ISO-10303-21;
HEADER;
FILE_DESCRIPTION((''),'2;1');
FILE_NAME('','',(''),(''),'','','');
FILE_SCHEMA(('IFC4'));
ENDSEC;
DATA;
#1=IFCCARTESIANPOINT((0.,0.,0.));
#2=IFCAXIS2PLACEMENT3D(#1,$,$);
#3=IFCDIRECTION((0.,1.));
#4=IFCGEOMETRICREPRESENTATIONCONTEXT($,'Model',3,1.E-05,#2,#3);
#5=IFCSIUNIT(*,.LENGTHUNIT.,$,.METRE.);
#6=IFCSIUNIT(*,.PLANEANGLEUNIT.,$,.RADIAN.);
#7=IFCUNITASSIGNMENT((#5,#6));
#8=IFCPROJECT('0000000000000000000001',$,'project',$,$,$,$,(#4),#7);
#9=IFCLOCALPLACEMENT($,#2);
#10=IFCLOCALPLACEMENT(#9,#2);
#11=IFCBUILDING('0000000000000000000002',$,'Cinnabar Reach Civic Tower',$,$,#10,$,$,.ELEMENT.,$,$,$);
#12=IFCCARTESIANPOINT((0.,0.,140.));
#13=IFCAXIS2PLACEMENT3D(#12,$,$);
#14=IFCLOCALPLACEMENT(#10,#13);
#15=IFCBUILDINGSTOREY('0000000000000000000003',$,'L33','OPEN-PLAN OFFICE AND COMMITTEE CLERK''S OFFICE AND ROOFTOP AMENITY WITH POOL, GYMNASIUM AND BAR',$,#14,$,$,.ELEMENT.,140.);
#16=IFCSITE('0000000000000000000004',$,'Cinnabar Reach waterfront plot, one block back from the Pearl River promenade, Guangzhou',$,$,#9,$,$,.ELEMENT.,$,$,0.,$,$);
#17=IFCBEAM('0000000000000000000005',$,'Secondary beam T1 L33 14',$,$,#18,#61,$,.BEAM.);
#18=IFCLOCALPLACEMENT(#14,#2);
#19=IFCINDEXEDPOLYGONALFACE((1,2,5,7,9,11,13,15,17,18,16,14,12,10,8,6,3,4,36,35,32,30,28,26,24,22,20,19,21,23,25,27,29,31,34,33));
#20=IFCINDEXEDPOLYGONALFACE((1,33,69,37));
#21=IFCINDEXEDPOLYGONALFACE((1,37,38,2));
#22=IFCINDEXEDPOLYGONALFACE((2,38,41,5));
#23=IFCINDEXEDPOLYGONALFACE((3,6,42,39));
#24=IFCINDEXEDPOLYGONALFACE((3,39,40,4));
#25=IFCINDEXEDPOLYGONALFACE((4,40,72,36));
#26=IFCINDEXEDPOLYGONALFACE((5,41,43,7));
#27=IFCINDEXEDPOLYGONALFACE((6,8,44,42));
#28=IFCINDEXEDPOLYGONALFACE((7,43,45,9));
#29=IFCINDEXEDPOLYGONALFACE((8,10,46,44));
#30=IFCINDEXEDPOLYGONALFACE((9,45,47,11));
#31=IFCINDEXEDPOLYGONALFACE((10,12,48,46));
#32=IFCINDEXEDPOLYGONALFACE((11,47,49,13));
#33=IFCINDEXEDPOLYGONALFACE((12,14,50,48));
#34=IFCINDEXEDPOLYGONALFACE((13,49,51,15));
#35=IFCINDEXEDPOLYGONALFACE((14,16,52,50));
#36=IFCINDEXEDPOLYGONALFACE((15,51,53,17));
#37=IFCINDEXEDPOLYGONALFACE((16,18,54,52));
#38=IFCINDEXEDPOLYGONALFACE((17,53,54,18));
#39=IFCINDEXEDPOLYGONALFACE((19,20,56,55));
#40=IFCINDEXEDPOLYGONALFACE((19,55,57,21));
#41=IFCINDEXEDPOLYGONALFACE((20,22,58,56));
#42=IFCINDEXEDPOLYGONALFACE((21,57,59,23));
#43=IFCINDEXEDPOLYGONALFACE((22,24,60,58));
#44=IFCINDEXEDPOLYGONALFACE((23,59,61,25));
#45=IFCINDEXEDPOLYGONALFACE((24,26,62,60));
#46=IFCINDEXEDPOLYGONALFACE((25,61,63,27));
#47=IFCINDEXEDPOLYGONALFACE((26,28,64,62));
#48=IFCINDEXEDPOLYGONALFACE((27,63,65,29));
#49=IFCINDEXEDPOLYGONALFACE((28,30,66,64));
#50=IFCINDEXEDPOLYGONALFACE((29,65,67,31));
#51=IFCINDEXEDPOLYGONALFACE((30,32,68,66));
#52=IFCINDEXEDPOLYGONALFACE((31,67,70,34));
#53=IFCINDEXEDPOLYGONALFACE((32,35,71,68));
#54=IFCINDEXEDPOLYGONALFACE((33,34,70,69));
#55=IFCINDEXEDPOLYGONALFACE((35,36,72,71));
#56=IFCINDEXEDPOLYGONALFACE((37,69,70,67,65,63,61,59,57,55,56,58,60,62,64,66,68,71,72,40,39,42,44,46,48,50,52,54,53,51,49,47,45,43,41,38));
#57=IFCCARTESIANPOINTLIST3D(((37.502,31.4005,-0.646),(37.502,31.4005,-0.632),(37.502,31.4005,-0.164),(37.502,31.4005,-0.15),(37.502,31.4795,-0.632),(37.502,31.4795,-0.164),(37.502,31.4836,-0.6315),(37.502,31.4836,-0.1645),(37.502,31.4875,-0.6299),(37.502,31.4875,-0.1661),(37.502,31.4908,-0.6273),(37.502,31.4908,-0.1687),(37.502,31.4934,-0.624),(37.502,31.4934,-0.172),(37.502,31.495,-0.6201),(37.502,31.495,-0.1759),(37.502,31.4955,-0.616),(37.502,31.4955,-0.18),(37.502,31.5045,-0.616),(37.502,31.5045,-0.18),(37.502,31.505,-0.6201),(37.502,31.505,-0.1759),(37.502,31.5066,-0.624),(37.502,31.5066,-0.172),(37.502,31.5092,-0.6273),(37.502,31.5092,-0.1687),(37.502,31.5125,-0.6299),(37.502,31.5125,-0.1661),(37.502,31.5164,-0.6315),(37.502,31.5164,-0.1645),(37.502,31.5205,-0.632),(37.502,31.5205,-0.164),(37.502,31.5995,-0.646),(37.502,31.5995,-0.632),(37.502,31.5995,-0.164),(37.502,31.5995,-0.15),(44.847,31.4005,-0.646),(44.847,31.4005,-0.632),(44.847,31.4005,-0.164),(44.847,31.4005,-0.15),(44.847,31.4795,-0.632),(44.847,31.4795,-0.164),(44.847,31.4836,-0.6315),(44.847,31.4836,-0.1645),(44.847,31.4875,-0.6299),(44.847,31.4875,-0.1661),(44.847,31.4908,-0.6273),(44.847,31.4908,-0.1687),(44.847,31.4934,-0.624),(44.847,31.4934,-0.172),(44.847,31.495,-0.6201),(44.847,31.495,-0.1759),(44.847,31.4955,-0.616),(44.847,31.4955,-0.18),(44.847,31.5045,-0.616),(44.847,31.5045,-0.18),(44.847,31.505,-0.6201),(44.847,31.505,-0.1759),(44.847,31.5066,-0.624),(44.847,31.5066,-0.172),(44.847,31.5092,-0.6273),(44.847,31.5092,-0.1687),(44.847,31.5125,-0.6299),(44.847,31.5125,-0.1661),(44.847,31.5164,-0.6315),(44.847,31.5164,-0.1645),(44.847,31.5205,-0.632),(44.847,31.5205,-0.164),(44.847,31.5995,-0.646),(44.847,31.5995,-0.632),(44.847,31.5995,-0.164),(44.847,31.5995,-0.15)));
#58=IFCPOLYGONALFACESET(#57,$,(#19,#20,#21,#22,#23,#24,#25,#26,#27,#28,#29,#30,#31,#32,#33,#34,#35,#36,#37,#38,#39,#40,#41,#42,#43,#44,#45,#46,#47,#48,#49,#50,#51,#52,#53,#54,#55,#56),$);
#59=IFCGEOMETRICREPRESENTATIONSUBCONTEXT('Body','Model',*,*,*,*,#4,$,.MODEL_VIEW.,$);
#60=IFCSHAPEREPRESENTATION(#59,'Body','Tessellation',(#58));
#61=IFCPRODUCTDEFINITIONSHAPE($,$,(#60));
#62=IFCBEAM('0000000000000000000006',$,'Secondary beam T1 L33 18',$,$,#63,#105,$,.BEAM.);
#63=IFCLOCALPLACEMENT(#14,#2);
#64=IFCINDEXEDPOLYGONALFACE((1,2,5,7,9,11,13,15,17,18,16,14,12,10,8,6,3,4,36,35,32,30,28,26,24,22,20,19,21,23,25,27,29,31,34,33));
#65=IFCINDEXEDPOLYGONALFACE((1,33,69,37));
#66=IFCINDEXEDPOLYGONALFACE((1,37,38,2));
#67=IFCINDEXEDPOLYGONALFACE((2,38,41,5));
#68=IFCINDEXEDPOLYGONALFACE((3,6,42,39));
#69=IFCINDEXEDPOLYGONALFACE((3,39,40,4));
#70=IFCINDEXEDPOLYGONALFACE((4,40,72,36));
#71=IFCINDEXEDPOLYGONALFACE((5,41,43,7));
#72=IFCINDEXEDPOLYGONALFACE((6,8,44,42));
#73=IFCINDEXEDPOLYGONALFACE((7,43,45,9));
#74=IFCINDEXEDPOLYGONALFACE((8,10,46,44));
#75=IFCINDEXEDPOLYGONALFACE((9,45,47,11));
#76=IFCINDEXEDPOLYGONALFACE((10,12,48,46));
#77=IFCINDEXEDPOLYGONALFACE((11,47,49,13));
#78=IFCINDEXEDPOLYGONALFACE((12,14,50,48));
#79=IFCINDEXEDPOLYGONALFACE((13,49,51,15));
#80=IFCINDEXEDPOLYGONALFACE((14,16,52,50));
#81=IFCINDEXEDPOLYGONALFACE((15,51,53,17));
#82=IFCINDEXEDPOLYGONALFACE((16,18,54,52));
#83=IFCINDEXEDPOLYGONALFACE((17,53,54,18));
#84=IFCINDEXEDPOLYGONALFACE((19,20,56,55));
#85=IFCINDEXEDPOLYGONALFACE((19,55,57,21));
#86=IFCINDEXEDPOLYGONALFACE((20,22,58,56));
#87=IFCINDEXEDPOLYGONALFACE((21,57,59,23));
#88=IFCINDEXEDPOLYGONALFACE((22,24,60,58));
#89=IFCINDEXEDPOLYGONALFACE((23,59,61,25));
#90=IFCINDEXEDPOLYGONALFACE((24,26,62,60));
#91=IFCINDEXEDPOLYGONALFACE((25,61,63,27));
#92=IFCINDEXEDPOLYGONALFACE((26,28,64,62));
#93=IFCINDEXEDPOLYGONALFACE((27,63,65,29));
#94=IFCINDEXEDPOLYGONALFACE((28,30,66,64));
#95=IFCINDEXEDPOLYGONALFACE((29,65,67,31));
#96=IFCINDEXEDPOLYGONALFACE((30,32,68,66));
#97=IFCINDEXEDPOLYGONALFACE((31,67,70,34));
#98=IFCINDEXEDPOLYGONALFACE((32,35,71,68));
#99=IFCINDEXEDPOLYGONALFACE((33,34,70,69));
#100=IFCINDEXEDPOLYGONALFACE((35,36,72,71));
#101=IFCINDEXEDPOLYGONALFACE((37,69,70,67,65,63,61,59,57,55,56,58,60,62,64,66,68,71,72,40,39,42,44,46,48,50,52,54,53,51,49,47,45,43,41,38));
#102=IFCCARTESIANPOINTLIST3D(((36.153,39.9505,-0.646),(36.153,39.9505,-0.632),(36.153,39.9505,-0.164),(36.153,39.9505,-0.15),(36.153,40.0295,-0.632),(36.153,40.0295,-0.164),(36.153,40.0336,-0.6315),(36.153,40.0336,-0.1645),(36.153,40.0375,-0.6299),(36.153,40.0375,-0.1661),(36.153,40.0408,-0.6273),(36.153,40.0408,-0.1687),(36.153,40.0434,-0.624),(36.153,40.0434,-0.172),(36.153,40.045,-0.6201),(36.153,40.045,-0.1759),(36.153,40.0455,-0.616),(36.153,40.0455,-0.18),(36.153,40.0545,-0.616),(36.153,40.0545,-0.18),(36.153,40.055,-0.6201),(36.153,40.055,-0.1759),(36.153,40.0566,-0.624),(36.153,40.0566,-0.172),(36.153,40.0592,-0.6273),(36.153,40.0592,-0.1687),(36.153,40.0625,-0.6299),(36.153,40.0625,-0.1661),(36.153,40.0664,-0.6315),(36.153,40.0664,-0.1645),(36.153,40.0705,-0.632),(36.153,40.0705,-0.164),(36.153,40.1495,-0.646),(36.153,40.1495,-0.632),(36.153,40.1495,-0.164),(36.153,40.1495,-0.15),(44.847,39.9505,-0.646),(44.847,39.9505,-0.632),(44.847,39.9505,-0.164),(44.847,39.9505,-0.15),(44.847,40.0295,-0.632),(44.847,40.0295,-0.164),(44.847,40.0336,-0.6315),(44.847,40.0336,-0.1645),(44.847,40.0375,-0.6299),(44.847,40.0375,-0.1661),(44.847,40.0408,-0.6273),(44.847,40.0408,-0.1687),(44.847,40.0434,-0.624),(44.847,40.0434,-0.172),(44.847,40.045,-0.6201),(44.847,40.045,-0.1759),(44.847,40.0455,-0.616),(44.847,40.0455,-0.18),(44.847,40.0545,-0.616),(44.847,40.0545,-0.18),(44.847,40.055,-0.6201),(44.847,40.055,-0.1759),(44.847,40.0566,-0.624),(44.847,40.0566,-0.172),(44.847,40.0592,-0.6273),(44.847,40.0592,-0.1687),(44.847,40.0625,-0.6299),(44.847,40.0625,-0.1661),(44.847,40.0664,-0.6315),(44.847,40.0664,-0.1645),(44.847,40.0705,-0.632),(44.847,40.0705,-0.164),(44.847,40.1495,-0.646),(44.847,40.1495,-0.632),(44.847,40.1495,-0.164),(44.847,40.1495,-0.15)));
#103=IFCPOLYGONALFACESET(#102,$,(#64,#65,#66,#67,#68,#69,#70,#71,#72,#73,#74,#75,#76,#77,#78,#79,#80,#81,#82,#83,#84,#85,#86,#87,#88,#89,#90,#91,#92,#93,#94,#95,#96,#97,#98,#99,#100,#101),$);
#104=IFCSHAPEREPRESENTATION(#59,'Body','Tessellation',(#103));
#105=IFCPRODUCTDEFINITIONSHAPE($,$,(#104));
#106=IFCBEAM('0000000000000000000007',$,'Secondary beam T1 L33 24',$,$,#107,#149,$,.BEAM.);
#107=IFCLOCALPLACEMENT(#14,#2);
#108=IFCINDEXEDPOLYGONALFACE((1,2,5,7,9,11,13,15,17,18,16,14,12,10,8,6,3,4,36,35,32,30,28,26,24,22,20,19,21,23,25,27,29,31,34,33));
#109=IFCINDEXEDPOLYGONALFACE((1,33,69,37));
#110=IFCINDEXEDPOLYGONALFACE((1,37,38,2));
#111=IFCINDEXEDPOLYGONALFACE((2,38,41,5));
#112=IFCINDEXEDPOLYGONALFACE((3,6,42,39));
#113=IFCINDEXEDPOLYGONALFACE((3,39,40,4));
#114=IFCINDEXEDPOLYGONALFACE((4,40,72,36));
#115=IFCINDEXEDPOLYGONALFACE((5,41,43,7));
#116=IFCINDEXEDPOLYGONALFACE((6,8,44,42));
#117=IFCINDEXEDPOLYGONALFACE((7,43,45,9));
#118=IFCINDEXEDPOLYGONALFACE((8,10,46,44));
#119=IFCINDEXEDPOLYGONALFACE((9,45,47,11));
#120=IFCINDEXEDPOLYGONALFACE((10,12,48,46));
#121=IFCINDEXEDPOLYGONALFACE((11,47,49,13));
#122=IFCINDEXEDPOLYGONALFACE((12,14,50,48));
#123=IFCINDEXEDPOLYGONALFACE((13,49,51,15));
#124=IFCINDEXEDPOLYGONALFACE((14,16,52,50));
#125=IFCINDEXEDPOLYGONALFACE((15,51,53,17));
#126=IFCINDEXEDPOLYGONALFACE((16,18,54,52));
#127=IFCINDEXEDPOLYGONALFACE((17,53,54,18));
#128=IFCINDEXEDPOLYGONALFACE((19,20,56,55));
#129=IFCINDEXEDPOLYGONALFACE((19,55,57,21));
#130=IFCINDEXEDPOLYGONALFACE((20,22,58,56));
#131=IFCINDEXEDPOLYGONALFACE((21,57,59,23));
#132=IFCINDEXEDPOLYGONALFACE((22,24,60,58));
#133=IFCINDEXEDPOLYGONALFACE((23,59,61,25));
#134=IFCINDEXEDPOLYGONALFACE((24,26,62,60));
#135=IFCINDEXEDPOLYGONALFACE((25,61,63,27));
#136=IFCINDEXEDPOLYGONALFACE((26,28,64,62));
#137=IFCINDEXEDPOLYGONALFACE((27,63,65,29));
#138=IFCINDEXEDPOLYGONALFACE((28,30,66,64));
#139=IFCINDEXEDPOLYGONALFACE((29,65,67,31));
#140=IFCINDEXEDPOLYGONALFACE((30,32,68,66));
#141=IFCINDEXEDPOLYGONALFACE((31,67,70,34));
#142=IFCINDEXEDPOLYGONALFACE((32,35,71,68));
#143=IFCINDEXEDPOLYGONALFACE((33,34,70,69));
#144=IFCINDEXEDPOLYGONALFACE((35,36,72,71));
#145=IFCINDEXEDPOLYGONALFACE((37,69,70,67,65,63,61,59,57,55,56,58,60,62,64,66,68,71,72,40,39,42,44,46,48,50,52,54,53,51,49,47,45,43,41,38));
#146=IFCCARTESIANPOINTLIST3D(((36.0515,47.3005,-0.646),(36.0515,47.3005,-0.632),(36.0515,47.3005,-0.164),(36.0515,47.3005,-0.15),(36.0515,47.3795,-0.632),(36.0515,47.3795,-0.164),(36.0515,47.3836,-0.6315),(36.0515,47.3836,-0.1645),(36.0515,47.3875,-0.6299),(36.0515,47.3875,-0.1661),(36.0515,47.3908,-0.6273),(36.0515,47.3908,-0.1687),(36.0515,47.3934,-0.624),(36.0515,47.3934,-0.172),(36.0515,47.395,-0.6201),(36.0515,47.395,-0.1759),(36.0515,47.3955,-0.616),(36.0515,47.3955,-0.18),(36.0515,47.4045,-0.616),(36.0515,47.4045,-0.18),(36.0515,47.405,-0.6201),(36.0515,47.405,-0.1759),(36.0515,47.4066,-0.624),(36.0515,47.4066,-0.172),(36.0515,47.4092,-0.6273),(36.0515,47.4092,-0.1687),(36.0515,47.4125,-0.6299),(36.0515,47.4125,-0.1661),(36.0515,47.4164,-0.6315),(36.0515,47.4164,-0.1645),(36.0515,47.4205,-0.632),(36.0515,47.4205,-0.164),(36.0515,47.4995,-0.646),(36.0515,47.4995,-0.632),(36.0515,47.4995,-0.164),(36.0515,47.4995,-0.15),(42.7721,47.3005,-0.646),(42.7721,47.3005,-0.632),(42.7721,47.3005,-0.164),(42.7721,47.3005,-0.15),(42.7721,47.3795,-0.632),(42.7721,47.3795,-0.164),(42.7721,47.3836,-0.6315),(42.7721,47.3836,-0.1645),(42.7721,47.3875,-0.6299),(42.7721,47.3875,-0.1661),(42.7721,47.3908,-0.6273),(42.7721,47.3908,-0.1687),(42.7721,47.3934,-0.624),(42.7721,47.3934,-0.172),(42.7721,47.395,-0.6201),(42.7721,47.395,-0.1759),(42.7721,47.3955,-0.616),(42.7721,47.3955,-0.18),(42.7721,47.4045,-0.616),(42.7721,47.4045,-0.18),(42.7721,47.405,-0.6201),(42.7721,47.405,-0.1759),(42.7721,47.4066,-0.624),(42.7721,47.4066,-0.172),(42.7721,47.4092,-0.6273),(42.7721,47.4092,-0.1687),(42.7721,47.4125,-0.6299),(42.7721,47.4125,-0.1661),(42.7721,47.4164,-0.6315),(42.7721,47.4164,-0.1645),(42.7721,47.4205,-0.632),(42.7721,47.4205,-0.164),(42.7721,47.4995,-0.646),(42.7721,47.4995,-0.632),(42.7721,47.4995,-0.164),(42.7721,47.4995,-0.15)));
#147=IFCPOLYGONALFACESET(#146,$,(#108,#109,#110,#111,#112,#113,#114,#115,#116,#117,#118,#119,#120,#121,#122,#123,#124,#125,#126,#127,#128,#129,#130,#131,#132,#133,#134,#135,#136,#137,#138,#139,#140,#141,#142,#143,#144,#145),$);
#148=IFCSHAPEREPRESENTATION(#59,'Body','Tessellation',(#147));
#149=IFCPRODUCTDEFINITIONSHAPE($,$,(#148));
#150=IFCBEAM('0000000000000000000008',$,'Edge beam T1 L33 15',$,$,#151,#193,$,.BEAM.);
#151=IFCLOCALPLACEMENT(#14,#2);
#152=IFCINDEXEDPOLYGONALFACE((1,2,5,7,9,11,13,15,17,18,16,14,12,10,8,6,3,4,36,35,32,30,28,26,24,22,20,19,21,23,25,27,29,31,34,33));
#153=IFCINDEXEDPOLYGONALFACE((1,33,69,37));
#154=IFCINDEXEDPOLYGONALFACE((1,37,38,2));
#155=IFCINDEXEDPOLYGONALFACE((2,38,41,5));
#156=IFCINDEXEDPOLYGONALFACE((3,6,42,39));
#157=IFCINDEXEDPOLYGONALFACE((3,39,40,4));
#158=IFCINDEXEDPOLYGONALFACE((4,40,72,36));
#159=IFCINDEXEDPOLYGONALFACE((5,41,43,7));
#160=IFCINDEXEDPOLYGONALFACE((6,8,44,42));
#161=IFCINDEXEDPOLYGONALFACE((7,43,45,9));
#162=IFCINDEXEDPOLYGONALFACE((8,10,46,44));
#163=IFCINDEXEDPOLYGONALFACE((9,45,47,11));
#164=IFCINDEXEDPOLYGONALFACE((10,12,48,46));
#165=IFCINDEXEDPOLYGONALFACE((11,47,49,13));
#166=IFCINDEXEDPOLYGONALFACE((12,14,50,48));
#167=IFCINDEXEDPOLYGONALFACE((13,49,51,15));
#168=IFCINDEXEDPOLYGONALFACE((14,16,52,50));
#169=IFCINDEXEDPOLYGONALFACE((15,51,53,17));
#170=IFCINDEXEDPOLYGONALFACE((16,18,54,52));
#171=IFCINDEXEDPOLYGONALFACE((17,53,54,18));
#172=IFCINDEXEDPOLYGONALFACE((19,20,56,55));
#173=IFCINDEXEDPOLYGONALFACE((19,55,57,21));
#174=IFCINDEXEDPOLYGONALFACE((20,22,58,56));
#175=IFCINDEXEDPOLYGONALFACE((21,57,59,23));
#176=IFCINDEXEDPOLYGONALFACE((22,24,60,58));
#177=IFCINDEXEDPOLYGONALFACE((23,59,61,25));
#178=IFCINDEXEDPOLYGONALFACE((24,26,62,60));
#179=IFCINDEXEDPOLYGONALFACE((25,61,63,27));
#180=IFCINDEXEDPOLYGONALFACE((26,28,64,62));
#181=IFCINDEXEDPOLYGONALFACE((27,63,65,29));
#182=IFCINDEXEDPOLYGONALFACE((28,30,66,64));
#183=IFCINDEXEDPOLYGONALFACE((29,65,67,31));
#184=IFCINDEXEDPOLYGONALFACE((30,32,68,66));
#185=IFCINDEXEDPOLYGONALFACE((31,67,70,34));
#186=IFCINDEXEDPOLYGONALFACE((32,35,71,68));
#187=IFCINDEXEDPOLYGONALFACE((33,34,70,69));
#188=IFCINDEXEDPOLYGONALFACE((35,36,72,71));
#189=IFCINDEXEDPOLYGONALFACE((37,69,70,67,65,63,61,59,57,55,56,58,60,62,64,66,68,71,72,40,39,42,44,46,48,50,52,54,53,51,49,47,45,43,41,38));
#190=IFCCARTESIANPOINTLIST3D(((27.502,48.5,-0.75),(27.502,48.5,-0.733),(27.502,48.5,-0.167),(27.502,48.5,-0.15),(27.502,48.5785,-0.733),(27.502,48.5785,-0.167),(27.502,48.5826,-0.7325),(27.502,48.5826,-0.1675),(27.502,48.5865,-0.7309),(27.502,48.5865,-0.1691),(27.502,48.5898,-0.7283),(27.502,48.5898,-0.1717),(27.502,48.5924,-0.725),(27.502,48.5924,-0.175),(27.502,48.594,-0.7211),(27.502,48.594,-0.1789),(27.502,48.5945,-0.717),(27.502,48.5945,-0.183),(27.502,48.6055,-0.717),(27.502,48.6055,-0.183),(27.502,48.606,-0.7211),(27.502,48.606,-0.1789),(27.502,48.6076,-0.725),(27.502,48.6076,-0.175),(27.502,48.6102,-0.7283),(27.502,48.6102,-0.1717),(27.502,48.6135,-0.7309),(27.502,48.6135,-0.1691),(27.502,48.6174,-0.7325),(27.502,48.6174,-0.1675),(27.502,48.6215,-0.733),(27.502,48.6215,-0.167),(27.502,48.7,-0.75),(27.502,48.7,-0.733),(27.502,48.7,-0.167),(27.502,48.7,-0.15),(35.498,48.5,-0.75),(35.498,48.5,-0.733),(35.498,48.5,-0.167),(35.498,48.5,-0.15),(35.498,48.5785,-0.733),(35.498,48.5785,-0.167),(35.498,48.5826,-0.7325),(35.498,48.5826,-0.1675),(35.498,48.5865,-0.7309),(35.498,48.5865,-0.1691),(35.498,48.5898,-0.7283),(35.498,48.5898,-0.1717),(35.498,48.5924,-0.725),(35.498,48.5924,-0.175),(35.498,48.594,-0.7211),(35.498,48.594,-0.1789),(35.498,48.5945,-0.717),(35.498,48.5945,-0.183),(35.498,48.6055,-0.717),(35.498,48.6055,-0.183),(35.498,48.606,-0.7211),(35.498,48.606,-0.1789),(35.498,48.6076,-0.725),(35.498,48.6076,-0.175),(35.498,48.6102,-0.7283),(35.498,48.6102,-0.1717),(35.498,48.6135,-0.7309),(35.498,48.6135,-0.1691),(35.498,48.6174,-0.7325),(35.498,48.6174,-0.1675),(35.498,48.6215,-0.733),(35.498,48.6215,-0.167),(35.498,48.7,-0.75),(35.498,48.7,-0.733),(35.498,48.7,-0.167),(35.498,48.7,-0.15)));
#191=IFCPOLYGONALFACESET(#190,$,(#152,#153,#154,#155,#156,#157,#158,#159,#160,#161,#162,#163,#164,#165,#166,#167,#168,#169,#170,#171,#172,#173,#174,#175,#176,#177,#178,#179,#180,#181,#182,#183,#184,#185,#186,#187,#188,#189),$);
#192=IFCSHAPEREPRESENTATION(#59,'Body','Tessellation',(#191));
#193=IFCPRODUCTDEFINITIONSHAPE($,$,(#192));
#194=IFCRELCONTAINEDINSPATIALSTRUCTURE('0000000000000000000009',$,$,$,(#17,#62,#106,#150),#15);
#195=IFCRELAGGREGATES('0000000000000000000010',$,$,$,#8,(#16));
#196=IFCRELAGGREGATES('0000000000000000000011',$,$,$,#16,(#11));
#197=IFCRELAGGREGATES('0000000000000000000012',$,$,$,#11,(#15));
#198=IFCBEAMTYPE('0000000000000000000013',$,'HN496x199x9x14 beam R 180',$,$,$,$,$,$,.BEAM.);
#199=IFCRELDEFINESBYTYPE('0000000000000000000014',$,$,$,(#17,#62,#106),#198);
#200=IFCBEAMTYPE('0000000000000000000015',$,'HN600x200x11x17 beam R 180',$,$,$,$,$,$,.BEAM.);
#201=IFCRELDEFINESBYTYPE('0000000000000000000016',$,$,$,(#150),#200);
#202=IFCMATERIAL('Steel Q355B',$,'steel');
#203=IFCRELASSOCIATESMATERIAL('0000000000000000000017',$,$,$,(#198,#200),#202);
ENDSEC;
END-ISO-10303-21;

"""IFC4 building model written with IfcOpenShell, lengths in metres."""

from ifc_helpers import new_model, si_unit, direction, frame, origin, origin_2d, place, context, subcontext, project, spatial, i_section, extrude, material, material_profile, profile_set, type_object, element, save


model = new_model("IFC4")

# Units and contexts
model_context = context("Model", 3, precision=1e-05, world=origin(), true_north=direction((0.0, 1.0)))
body_context = subcontext(model_context, "Body", "Model", "MODEL_VIEW")
ifc_project = project(units=[si_unit("LENGTHUNIT", "METRE"), si_unit("PLANEANGLEUNIT", "RADIAN")], contexts=[model_context])

# Site, building, storey
site_placement = place(None, origin())
site = spatial("IfcSite", under=ifc_project, at=site_placement, Name="Cinnabar Reach waterfront plot, one block back from the Pearl River promenade, Guangzhou", CompositionType="ELEMENT", RefElevation=0.0)
building_placement = place(site_placement, origin())
building = spatial("IfcBuilding", under=site, at=building_placement, Name="Cinnabar Reach Civic Tower", CompositionType="ELEMENT")
storey_placement = place(building_placement, frame((0.0, 0.0, 140.0)))
storey = spatial("IfcBuildingStorey", under=building, at=storey_placement, Name="L33", Description="OPEN-PLAN OFFICE AND COMMITTEE CLERK'S OFFICE AND ROOFTOP AMENITY WITH POOL, GYMNASIUM AND BAR", CompositionType="ELEMENT", Elevation=140.0)

# Beams
ifc_material_1 = material(Name="Steel Q355B", Category="steel")
ifc_material_profile_1 = material_profile(ifc_material_1, i_section(OverallWidth=0.199, OverallDepth=0.496, WebThickness=0.009, FlangeThickness=0.014, FilletRadius=0.016, at=origin_2d()), Name="HN496x199x9x14")
ifc_profile_set_1 = profile_set([ifc_material_profile_1], Name="Steel Q355B")
beam_type_1 = type_object("IfcBeamType", Name="HN496x199x9x14 beam R 180", PredefinedType="BEAM", material=ifc_profile_set_1)
beam_1_placement = place(storey_placement, frame((37.502, 31.5, -0.398), z_axis=(1.0, 0.0, 0.0), x_axis=(0.0, 1.0, 0.0)))
element("IfcBeam", 1, at=beam_1_placement, inside=storey, type_object=beam_type_1, Name="Secondary beam T1 L33 14", PredefinedType="BEAM", context=body_context, shape_type="SweptSolid", body=[
    extrude(i_section(OverallWidth=0.199, OverallDepth=0.496, WebThickness=0.009, FlangeThickness=0.014, FilletRadius=0.016, at=origin_2d()), origin(), (0.0, 0.0, 1.0), 7.345),
])
beam_2_placement = place(storey_placement, frame((36.153, 40.05, -0.398), z_axis=(1.0, 0.0, 0.0), x_axis=(0.0, 1.0, 0.0)))
element("IfcBeam", 2, at=beam_2_placement, inside=storey, type_object=beam_type_1, Name="Secondary beam T1 L33 18", PredefinedType="BEAM", context=body_context, shape_type="SweptSolid", body=[
    extrude(i_section(OverallWidth=0.199, OverallDepth=0.496, WebThickness=0.009, FlangeThickness=0.014, FilletRadius=0.016, at=origin_2d()), origin(), (0.0, 0.0, 1.0), 8.694),
])
beam_3_placement = place(storey_placement, frame((36.0515, 47.4, -0.398), z_axis=(1.0, 0.0, 0.0), x_axis=(0.0, 1.0, 0.0)))
element("IfcBeam", 3, at=beam_3_placement, inside=storey, type_object=beam_type_1, Name="Secondary beam T1 L33 24", PredefinedType="BEAM", context=body_context, shape_type="SweptSolid", body=[
    extrude(i_section(OverallWidth=0.199, OverallDepth=0.496, WebThickness=0.009, FlangeThickness=0.014, FilletRadius=0.016, at=origin_2d()), origin(), (0.0, 0.0, 1.0), 6.7206),
])
ifc_material_profile_2 = material_profile(ifc_material_1, i_section(OverallWidth=0.2, OverallDepth=0.6, WebThickness=0.011, FlangeThickness=0.017, FilletRadius=0.016, at=origin_2d()), Name="HN600x200x11x17")
ifc_profile_set_2 = profile_set([ifc_material_profile_2], Name="Steel Q355B")
beam_type_2 = type_object("IfcBeamType", Name="HN600x200x11x17 beam R 180", PredefinedType="BEAM", material=ifc_profile_set_2)
beam_4_placement = place(storey_placement, frame((35.498, 48.6, -0.45), z_axis=(-1.0, 0.0, 0.0), x_axis=(0.0, -1.0, 0.0)))
element("IfcBeam", 4, at=beam_4_placement, inside=storey, type_object=beam_type_2, Name="Edge beam T1 L33 15", PredefinedType="BEAM", context=body_context, shape_type="SweptSolid", body=[
    extrude(i_section(OverallWidth=0.2, OverallDepth=0.6, WebThickness=0.011, FlangeThickness=0.017, FilletRadius=0.016, at=origin_2d()), origin(), (0.0, 0.0, 1.0), 7.996),
])

save(model, "model.ifc")
